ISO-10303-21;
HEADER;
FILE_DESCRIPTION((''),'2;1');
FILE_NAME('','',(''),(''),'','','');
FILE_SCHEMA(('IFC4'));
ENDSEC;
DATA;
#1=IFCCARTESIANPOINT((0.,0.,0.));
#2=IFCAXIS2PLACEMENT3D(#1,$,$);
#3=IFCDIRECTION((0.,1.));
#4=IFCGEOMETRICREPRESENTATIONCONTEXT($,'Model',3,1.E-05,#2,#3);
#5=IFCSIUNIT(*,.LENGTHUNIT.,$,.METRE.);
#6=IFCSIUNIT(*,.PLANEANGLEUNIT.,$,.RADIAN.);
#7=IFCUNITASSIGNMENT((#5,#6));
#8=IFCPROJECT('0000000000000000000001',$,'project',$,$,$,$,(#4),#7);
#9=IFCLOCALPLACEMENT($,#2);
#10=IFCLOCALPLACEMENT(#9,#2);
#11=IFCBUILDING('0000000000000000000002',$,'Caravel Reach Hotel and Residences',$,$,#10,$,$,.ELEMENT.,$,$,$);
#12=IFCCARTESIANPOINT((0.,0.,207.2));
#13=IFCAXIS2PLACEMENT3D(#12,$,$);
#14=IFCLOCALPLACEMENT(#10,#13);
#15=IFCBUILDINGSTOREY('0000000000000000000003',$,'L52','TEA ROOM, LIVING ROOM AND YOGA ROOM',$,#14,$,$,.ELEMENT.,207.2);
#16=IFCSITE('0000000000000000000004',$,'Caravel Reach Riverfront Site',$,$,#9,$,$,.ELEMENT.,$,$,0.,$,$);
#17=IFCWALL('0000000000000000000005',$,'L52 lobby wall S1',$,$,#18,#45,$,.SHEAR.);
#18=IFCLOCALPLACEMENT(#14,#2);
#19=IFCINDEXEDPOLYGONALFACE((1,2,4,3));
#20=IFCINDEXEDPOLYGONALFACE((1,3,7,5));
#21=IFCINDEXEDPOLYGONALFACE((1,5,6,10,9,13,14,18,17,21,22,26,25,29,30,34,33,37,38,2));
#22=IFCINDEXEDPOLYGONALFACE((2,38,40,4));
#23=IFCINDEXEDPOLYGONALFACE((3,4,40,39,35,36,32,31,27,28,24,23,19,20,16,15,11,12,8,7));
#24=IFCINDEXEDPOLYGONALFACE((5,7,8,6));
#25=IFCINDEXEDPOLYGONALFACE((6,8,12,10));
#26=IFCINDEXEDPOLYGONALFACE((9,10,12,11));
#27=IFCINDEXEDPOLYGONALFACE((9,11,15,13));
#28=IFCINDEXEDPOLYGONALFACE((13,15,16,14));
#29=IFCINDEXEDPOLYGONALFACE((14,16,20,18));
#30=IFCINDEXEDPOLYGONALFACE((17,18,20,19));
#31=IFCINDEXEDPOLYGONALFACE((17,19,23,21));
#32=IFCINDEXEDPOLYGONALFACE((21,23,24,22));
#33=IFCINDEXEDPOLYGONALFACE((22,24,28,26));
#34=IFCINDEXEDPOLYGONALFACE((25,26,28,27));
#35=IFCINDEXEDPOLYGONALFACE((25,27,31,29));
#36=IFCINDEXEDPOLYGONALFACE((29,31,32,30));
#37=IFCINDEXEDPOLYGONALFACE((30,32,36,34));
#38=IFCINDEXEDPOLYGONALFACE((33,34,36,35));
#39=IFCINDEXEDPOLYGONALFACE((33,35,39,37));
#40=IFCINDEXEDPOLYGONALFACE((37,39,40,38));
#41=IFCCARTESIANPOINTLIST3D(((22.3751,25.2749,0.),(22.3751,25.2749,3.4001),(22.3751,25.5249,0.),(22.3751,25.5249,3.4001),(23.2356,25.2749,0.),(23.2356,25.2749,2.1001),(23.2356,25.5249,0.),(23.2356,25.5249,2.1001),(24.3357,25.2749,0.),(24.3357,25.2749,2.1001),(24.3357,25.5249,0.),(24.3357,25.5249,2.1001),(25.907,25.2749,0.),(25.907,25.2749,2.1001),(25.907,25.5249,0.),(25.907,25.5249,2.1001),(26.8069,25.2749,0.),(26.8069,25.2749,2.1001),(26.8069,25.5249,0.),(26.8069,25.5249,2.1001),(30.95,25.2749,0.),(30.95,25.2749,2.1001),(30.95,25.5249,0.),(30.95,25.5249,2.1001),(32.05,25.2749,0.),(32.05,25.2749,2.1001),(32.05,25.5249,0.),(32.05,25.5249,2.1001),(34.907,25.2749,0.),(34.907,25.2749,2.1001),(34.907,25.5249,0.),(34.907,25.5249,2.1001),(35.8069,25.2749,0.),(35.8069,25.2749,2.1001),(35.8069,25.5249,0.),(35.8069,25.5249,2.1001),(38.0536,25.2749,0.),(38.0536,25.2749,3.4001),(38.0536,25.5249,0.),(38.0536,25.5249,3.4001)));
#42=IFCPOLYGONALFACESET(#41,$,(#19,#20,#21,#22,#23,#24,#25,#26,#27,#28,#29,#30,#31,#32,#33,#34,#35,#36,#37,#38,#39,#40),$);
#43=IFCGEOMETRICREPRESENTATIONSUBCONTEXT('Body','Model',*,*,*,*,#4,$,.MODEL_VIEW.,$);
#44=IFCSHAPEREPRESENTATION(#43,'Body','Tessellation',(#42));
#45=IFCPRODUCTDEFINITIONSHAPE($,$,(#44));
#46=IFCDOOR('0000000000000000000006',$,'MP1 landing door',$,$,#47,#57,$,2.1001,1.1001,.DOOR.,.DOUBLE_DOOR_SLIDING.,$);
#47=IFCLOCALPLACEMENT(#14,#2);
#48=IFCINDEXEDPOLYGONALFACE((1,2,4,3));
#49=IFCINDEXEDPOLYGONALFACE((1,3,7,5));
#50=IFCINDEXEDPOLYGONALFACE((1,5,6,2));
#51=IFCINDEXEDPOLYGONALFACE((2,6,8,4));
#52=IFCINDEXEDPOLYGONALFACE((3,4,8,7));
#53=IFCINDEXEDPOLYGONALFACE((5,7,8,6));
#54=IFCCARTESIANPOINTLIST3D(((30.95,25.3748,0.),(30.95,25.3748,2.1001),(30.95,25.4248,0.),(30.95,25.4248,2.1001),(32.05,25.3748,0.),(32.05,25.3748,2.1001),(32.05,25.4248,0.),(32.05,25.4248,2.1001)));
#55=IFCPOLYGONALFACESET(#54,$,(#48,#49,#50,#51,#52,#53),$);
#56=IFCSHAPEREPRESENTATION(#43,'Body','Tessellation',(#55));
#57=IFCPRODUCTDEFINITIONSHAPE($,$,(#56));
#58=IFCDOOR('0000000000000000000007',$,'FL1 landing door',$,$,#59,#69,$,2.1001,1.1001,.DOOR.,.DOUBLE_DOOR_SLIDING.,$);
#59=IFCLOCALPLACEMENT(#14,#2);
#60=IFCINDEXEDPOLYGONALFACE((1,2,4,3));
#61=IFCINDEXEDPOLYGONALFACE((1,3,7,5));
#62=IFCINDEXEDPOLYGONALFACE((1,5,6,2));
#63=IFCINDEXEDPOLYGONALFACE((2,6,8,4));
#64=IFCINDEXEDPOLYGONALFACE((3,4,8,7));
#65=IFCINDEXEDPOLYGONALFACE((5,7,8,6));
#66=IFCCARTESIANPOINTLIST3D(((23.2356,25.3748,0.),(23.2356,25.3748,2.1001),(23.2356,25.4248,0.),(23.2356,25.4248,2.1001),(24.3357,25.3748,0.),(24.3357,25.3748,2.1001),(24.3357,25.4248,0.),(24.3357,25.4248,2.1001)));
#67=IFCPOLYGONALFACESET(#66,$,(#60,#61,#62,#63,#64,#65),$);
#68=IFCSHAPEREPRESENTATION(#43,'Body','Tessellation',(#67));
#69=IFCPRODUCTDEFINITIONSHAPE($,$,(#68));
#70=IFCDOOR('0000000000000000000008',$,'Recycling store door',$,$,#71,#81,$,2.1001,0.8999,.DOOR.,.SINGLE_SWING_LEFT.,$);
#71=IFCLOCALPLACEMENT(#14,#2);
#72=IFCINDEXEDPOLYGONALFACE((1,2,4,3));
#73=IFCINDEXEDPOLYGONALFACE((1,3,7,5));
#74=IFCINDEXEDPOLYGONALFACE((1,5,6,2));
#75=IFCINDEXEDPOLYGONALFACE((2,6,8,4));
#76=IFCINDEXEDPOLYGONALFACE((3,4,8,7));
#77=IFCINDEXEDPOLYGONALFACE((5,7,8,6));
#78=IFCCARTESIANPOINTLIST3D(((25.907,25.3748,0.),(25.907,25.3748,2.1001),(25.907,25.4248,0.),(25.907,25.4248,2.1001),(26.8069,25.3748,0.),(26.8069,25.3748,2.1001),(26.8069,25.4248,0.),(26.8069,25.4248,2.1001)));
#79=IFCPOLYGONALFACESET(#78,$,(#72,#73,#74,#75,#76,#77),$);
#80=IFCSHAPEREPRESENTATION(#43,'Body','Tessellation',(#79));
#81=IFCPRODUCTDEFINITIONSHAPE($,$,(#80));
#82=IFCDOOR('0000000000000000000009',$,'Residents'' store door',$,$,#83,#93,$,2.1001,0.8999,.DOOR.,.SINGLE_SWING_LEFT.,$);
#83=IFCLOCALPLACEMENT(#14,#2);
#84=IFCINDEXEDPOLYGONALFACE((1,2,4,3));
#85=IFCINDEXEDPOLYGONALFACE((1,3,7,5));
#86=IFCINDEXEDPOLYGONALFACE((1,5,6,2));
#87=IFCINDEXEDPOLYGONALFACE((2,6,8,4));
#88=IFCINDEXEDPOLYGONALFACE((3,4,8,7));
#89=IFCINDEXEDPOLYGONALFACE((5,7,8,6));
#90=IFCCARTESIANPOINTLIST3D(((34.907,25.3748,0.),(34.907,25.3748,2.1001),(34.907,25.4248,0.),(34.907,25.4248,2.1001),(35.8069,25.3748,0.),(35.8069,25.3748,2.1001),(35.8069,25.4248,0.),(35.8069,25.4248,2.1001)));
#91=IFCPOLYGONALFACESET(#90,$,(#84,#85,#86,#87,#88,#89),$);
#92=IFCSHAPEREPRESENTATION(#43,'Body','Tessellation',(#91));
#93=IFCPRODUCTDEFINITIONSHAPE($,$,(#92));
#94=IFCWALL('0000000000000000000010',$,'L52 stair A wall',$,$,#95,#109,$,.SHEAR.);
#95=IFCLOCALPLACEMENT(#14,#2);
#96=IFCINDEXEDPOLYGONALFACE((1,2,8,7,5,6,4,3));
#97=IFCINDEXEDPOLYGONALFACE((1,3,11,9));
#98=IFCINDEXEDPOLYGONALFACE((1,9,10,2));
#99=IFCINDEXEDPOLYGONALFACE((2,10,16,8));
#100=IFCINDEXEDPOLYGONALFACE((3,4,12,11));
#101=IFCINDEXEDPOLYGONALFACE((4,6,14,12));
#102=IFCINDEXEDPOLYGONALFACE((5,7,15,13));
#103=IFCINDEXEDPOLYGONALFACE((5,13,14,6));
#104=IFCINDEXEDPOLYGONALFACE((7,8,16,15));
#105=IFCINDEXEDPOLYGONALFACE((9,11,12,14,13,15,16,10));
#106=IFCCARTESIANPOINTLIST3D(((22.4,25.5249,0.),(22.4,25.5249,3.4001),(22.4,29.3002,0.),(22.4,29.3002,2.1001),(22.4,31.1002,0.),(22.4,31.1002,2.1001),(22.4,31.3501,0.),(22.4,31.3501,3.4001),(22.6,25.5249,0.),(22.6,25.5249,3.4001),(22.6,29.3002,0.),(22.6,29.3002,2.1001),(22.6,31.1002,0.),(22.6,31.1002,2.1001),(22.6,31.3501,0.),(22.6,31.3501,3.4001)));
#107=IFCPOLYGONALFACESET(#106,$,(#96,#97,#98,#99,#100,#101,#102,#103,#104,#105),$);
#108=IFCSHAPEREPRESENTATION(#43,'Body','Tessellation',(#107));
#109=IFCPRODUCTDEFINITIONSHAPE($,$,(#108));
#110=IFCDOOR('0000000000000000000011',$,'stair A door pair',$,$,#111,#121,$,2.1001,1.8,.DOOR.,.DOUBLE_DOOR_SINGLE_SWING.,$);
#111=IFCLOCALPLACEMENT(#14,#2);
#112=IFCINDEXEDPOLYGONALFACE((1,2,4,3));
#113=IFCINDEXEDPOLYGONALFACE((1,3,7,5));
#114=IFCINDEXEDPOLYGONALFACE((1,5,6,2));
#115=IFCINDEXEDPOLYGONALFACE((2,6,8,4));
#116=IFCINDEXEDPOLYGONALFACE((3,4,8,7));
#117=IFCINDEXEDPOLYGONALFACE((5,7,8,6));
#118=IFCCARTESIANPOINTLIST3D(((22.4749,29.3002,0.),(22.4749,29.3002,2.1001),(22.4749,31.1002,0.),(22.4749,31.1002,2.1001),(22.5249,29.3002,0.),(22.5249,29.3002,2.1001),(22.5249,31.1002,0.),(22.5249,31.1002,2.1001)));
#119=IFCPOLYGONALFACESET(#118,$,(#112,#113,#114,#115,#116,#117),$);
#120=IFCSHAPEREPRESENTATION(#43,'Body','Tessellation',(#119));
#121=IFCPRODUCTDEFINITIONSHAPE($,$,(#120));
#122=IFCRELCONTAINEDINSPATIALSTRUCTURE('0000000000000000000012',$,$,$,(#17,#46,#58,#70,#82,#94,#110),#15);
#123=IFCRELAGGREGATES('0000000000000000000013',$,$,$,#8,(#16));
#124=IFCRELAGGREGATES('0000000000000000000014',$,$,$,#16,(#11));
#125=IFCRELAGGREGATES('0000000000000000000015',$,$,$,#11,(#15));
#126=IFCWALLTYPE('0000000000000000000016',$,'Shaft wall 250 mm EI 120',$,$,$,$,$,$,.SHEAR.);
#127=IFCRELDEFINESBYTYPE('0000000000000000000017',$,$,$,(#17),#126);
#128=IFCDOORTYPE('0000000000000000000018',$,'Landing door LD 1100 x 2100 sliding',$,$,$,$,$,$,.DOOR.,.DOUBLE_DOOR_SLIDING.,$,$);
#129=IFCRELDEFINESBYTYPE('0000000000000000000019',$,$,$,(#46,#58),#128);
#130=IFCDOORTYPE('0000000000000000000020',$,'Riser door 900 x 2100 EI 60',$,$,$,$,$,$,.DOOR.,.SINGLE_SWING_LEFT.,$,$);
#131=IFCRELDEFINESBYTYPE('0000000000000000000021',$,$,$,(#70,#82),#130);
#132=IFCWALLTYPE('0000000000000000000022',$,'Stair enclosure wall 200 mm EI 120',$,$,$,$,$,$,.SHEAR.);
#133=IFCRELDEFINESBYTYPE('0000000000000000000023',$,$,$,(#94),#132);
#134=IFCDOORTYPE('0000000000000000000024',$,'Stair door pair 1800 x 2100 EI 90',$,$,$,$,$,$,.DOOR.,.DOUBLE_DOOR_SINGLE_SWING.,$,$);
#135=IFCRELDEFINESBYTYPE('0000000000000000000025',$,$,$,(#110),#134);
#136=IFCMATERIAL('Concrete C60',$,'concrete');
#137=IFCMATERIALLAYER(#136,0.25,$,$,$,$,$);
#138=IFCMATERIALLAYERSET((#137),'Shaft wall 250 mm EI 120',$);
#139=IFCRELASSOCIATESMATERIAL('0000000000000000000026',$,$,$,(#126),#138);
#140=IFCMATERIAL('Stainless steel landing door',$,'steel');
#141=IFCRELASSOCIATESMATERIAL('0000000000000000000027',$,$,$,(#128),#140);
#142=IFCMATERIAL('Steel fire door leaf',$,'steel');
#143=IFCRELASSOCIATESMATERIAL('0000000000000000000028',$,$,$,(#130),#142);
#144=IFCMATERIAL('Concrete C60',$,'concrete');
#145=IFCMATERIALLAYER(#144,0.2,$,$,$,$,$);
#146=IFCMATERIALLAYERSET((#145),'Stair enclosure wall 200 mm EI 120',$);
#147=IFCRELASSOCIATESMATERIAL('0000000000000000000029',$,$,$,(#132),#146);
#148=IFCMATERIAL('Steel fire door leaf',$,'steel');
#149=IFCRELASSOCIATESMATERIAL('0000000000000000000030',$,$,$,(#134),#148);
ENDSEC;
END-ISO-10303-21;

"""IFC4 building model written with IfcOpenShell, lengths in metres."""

from ifc_helpers import new_model, si_unit, direction, frame, frame_2d, origin, place, context, subcontext, project, spatial, rectangle, extrude, material, layer, layer_set, type_object, element, fill, save


model = new_model("IFC4")

# Units and contexts
model_context = context("Model", 3, precision=1e-05, world=origin(), true_north=direction((0.0, 1.0)))
body_context = subcontext(model_context, "Body", "Model", "MODEL_VIEW")
ifc_project = project(units=[si_unit("LENGTHUNIT", "METRE"), si_unit("PLANEANGLEUNIT", "RADIAN")], contexts=[model_context])

# Site, building, storey
site_placement = place(None, origin())
site = spatial("IfcSite", under=ifc_project, at=site_placement, Name="Caravel Reach Riverfront Site", CompositionType="ELEMENT", RefElevation=0.0)
building_placement = place(site_placement, origin())
building = spatial("IfcBuilding", under=site, at=building_placement, Name="Caravel Reach Hotel and Residences", CompositionType="ELEMENT")
storey_placement = place(building_placement, frame((0.0, 0.0, 207.2)))
storey = spatial("IfcBuildingStorey", under=building, at=storey_placement, Name="L52", Description="TEA ROOM, LIVING ROOM AND YOGA ROOM", CompositionType="ELEMENT", Elevation=207.2)

# Wall, openings, doors
ifc_material_1 = material(Name="Concrete C60", Category="concrete")
ifc_layer_1 = layer(ifc_material_1, 0.25)
ifc_layer_set_1 = layer_set([ifc_layer_1], Name="Shaft wall 250 mm EI 120")
wall_type_1 = type_object("IfcWallType", Name="Shaft wall 250 mm EI 120", PredefinedType="SHEAR", material=ifc_layer_set_1)
wall_1_placement = place(storey_placement, frame((22.375, 25.3999, 0.0), z_axis=(0.0, 0.0, 1.0), x_axis=(1.0, 0.0, 0.0)))
wall_1 = element("IfcWall", 1, at=wall_1_placement, inside=storey, type_object=wall_type_1, Name="L52 lobby wall S1", PredefinedType="SHEAR", context=body_context, shape_type="SweptSolid", body=[
    extrude(rectangle(XDim=15.6785, YDim=0.25, at=frame_2d((7.8394, 0.0))), origin(), (0.0, 0.0, 1.0), 3.4001),
])
opening_1_placement = place(wall_1_placement, frame((8.575, 0.0, 0.0)))
opening_1 = element("IfcOpeningElement", 2, at=opening_1_placement, cuts=wall_1, PredefinedType="OPENING", context=body_context, shape_type="SweptSolid", body=[
    extrude(rectangle(XDim=1.1001, YDim=2.1001, at=frame_2d((0.55, 1.05))), frame((0.0, 0.135, 0.0), z_axis=(0.0, -1.0, 0.0), x_axis=(1.0, 0.0, 0.0)), (0.0, 0.0, 1.0), 0.27),
])
opening_2_placement = place(wall_1_placement, frame((0.8606, 0.0, 0.0)))
opening_2 = element("IfcOpeningElement", 3, at=opening_2_placement, cuts=wall_1, PredefinedType="OPENING", context=body_context, shape_type="SweptSolid", body=[
    extrude(rectangle(XDim=1.1001, YDim=2.1001, at=frame_2d((0.55, 1.05))), frame((0.0, 0.135, 0.0), z_axis=(0.0, -1.0, 0.0), x_axis=(1.0, 0.0, 0.0)), (0.0, 0.0, 1.0), 0.27),
])
opening_3_placement = place(wall_1_placement, frame((3.532, 0.0, 0.0)))
opening_3 = element("IfcOpeningElement", 4, at=opening_3_placement, cuts=wall_1, PredefinedType="OPENING", context=body_context, shape_type="SweptSolid", body=[
    extrude(rectangle(XDim=0.8999, YDim=2.1001, at=frame_2d((0.45, 1.05))), frame((0.0, 0.135, 0.0), z_axis=(0.0, -1.0, 0.0), x_axis=(1.0, 0.0, 0.0)), (0.0, 0.0, 1.0), 0.27),
])
opening_4_placement = place(wall_1_placement, frame((12.532, 0.0, 0.0)))
opening_4 = element("IfcOpeningElement", 5, at=opening_4_placement, cuts=wall_1, PredefinedType="OPENING", context=body_context, shape_type="SweptSolid", body=[
    extrude(rectangle(XDim=0.8999, YDim=2.1001, at=frame_2d((0.45, 1.05))), frame((0.0, 0.135, 0.0), z_axis=(0.0, -1.0, 0.0), x_axis=(1.0, 0.0, 0.0)), (0.0, 0.0, 1.0), 0.27),
])
ifc_material_2 = material(Name="Stainless steel landing door", Category="steel")
door_type_1 = type_object("IfcDoorType", Name="Landing door LD 1100 x 2100 sliding", OperationType="DOUBLE_DOOR_SLIDING", PredefinedType="DOOR", material=ifc_material_2)
door_1_placement = place(opening_1_placement, origin())
door_1 = element("IfcDoor", 6, at=door_1_placement, inside=storey, type_object=door_type_1, Name="MP1 landing door", OperationType="DOUBLE_DOOR_SLIDING", OverallHeight=2.1001, OverallWidth=1.1001, PredefinedType="DOOR", context=body_context, shape_type="SweptSolid", body=[
    extrude(rectangle(XDim=1.1001, YDim=2.1001, at=frame_2d((0.55, 1.05))), frame((0.0, 0.0249, 0.0), z_axis=(0.0, -1.0, 0.0), x_axis=(1.0, 0.0, 0.0)), (0.0, 0.0, 1.0), 0.05),
])
fill(opening_1, door_1)
door_2_placement = place(opening_2_placement, origin())
door_2 = element("IfcDoor", 7, at=door_2_placement, inside=storey, type_object=door_type_1, Name="FL1 landing door", OperationType="DOUBLE_DOOR_SLIDING", OverallHeight=2.1001, OverallWidth=1.1001, PredefinedType="DOOR", context=body_context, shape_type="SweptSolid", body=[
    extrude(rectangle(XDim=1.1001, YDim=2.1001, at=frame_2d((0.55, 1.05))), frame((0.0, 0.0249, 0.0), z_axis=(0.0, -1.0, 0.0), x_axis=(1.0, 0.0, 0.0)), (0.0, 0.0, 1.0), 0.05),
])
fill(opening_2, door_2)
ifc_material_3 = material(Name="Steel fire door leaf", Category="steel")
door_type_2 = type_object("IfcDoorType", Name="Riser door 900 x 2100 EI 60", OperationType="SINGLE_SWING_LEFT", PredefinedType="DOOR", material=ifc_material_3)
door_3_placement = place(opening_3_placement, origin())
door_3 = element("IfcDoor", 8, at=door_3_placement, inside=storey, type_object=door_type_2, Name="Recycling store door", OperationType="SINGLE_SWING_LEFT", OverallHeight=2.1001, OverallWidth=0.8999, PredefinedType="DOOR", context=body_context, shape_type="SweptSolid", body=[
    extrude(rectangle(XDim=0.8999, YDim=2.1001, at=frame_2d((0.45, 1.05))), frame((0.0, 0.0249, 0.0), z_axis=(0.0, -1.0, 0.0), x_axis=(1.0, 0.0, 0.0)), (0.0, 0.0, 1.0), 0.05),
])
fill(opening_3, door_3)
door_4_placement = place(opening_4_placement, origin())
door_4 = element("IfcDoor", 9, at=door_4_placement, inside=storey, type_object=door_type_2, Name="Residents' store door", OperationType="SINGLE_SWING_LEFT", OverallHeight=2.1001, OverallWidth=0.8999, PredefinedType="DOOR", context=body_context, shape_type="SweptSolid", body=[
    extrude(rectangle(XDim=0.8999, YDim=2.1001, at=frame_2d((0.45, 1.05))), frame((0.0, 0.0249, 0.0), z_axis=(0.0, -1.0, 0.0), x_axis=(1.0, 0.0, 0.0)), (0.0, 0.0, 1.0), 0.05),
])
fill(opening_4, door_4)

# Wall, opening, door
ifc_material_4 = material(Name="Concrete C60", Category="concrete")
ifc_layer_2 = layer(ifc_material_4, 0.2)
ifc_layer_set_2 = layer_set([ifc_layer_2], Name="Stair enclosure wall 200 mm EI 120")
wall_type_2 = type_object("IfcWallType", Name="Stair enclosure wall 200 mm EI 120", PredefinedType="SHEAR", material=ifc_layer_set_2)
wall_2_placement = place(storey_placement, frame((22.5, 31.3501, 0.0), z_axis=(0.0, 0.0, 1.0), x_axis=(0.0, -1.0, 0.0)))
wall_2 = element("IfcWall", 10, at=wall_2_placement, inside=storey, type_object=wall_type_2, Name="L52 stair A wall", PredefinedType="SHEAR", context=body_context, shape_type="SweptSolid", body=[
    extrude(rectangle(XDim=5.8252, YDim=0.2, at=frame_2d((2.9126, 0.0))), origin(), (0.0, 0.0, 1.0), 3.4001),
])
opening_5_placement = place(wall_2_placement, frame((0.25, 0.0, 0.0)))
opening_5 = element("IfcOpeningElement", 11, at=opening_5_placement, cuts=wall_2, PredefinedType="OPENING", context=body_context, shape_type="SweptSolid", body=[
    extrude(rectangle(XDim=1.8, YDim=2.1001, at=frame_2d((0.8999, 1.05))), frame((0.0, 0.1099, 0.0), z_axis=(0.0, -1.0, 0.0), x_axis=(1.0, 0.0, 0.0)), (0.0, 0.0, 1.0), 0.22),
])
ifc_material_5 = material(Name="Steel fire door leaf", Category="steel")
door_type_3 = type_object("IfcDoorType", Name="Stair door pair 1800 x 2100 EI 90", OperationType="DOUBLE_DOOR_SINGLE_SWING", PredefinedType="DOOR", material=ifc_material_5)
door_5_placement = place(opening_5_placement, origin())
door_5 = element("IfcDoor", 12, at=door_5_placement, inside=storey, type_object=door_type_3, Name="stair A door pair", OperationType="DOUBLE_DOOR_SINGLE_SWING", OverallHeight=2.1001, OverallWidth=1.8, PredefinedType="DOOR", context=body_context, shape_type="SweptSolid", body=[
    extrude(rectangle(XDim=1.8, YDim=2.1001, at=frame_2d((0.8999, 1.05))), frame((0.0, 0.0249, 0.0), z_axis=(0.0, -1.0, 0.0), x_axis=(1.0, 0.0, 0.0)), (0.0, 0.0, 1.0), 0.05),
])
fill(opening_5, door_5)

save(model, "model.ifc")
